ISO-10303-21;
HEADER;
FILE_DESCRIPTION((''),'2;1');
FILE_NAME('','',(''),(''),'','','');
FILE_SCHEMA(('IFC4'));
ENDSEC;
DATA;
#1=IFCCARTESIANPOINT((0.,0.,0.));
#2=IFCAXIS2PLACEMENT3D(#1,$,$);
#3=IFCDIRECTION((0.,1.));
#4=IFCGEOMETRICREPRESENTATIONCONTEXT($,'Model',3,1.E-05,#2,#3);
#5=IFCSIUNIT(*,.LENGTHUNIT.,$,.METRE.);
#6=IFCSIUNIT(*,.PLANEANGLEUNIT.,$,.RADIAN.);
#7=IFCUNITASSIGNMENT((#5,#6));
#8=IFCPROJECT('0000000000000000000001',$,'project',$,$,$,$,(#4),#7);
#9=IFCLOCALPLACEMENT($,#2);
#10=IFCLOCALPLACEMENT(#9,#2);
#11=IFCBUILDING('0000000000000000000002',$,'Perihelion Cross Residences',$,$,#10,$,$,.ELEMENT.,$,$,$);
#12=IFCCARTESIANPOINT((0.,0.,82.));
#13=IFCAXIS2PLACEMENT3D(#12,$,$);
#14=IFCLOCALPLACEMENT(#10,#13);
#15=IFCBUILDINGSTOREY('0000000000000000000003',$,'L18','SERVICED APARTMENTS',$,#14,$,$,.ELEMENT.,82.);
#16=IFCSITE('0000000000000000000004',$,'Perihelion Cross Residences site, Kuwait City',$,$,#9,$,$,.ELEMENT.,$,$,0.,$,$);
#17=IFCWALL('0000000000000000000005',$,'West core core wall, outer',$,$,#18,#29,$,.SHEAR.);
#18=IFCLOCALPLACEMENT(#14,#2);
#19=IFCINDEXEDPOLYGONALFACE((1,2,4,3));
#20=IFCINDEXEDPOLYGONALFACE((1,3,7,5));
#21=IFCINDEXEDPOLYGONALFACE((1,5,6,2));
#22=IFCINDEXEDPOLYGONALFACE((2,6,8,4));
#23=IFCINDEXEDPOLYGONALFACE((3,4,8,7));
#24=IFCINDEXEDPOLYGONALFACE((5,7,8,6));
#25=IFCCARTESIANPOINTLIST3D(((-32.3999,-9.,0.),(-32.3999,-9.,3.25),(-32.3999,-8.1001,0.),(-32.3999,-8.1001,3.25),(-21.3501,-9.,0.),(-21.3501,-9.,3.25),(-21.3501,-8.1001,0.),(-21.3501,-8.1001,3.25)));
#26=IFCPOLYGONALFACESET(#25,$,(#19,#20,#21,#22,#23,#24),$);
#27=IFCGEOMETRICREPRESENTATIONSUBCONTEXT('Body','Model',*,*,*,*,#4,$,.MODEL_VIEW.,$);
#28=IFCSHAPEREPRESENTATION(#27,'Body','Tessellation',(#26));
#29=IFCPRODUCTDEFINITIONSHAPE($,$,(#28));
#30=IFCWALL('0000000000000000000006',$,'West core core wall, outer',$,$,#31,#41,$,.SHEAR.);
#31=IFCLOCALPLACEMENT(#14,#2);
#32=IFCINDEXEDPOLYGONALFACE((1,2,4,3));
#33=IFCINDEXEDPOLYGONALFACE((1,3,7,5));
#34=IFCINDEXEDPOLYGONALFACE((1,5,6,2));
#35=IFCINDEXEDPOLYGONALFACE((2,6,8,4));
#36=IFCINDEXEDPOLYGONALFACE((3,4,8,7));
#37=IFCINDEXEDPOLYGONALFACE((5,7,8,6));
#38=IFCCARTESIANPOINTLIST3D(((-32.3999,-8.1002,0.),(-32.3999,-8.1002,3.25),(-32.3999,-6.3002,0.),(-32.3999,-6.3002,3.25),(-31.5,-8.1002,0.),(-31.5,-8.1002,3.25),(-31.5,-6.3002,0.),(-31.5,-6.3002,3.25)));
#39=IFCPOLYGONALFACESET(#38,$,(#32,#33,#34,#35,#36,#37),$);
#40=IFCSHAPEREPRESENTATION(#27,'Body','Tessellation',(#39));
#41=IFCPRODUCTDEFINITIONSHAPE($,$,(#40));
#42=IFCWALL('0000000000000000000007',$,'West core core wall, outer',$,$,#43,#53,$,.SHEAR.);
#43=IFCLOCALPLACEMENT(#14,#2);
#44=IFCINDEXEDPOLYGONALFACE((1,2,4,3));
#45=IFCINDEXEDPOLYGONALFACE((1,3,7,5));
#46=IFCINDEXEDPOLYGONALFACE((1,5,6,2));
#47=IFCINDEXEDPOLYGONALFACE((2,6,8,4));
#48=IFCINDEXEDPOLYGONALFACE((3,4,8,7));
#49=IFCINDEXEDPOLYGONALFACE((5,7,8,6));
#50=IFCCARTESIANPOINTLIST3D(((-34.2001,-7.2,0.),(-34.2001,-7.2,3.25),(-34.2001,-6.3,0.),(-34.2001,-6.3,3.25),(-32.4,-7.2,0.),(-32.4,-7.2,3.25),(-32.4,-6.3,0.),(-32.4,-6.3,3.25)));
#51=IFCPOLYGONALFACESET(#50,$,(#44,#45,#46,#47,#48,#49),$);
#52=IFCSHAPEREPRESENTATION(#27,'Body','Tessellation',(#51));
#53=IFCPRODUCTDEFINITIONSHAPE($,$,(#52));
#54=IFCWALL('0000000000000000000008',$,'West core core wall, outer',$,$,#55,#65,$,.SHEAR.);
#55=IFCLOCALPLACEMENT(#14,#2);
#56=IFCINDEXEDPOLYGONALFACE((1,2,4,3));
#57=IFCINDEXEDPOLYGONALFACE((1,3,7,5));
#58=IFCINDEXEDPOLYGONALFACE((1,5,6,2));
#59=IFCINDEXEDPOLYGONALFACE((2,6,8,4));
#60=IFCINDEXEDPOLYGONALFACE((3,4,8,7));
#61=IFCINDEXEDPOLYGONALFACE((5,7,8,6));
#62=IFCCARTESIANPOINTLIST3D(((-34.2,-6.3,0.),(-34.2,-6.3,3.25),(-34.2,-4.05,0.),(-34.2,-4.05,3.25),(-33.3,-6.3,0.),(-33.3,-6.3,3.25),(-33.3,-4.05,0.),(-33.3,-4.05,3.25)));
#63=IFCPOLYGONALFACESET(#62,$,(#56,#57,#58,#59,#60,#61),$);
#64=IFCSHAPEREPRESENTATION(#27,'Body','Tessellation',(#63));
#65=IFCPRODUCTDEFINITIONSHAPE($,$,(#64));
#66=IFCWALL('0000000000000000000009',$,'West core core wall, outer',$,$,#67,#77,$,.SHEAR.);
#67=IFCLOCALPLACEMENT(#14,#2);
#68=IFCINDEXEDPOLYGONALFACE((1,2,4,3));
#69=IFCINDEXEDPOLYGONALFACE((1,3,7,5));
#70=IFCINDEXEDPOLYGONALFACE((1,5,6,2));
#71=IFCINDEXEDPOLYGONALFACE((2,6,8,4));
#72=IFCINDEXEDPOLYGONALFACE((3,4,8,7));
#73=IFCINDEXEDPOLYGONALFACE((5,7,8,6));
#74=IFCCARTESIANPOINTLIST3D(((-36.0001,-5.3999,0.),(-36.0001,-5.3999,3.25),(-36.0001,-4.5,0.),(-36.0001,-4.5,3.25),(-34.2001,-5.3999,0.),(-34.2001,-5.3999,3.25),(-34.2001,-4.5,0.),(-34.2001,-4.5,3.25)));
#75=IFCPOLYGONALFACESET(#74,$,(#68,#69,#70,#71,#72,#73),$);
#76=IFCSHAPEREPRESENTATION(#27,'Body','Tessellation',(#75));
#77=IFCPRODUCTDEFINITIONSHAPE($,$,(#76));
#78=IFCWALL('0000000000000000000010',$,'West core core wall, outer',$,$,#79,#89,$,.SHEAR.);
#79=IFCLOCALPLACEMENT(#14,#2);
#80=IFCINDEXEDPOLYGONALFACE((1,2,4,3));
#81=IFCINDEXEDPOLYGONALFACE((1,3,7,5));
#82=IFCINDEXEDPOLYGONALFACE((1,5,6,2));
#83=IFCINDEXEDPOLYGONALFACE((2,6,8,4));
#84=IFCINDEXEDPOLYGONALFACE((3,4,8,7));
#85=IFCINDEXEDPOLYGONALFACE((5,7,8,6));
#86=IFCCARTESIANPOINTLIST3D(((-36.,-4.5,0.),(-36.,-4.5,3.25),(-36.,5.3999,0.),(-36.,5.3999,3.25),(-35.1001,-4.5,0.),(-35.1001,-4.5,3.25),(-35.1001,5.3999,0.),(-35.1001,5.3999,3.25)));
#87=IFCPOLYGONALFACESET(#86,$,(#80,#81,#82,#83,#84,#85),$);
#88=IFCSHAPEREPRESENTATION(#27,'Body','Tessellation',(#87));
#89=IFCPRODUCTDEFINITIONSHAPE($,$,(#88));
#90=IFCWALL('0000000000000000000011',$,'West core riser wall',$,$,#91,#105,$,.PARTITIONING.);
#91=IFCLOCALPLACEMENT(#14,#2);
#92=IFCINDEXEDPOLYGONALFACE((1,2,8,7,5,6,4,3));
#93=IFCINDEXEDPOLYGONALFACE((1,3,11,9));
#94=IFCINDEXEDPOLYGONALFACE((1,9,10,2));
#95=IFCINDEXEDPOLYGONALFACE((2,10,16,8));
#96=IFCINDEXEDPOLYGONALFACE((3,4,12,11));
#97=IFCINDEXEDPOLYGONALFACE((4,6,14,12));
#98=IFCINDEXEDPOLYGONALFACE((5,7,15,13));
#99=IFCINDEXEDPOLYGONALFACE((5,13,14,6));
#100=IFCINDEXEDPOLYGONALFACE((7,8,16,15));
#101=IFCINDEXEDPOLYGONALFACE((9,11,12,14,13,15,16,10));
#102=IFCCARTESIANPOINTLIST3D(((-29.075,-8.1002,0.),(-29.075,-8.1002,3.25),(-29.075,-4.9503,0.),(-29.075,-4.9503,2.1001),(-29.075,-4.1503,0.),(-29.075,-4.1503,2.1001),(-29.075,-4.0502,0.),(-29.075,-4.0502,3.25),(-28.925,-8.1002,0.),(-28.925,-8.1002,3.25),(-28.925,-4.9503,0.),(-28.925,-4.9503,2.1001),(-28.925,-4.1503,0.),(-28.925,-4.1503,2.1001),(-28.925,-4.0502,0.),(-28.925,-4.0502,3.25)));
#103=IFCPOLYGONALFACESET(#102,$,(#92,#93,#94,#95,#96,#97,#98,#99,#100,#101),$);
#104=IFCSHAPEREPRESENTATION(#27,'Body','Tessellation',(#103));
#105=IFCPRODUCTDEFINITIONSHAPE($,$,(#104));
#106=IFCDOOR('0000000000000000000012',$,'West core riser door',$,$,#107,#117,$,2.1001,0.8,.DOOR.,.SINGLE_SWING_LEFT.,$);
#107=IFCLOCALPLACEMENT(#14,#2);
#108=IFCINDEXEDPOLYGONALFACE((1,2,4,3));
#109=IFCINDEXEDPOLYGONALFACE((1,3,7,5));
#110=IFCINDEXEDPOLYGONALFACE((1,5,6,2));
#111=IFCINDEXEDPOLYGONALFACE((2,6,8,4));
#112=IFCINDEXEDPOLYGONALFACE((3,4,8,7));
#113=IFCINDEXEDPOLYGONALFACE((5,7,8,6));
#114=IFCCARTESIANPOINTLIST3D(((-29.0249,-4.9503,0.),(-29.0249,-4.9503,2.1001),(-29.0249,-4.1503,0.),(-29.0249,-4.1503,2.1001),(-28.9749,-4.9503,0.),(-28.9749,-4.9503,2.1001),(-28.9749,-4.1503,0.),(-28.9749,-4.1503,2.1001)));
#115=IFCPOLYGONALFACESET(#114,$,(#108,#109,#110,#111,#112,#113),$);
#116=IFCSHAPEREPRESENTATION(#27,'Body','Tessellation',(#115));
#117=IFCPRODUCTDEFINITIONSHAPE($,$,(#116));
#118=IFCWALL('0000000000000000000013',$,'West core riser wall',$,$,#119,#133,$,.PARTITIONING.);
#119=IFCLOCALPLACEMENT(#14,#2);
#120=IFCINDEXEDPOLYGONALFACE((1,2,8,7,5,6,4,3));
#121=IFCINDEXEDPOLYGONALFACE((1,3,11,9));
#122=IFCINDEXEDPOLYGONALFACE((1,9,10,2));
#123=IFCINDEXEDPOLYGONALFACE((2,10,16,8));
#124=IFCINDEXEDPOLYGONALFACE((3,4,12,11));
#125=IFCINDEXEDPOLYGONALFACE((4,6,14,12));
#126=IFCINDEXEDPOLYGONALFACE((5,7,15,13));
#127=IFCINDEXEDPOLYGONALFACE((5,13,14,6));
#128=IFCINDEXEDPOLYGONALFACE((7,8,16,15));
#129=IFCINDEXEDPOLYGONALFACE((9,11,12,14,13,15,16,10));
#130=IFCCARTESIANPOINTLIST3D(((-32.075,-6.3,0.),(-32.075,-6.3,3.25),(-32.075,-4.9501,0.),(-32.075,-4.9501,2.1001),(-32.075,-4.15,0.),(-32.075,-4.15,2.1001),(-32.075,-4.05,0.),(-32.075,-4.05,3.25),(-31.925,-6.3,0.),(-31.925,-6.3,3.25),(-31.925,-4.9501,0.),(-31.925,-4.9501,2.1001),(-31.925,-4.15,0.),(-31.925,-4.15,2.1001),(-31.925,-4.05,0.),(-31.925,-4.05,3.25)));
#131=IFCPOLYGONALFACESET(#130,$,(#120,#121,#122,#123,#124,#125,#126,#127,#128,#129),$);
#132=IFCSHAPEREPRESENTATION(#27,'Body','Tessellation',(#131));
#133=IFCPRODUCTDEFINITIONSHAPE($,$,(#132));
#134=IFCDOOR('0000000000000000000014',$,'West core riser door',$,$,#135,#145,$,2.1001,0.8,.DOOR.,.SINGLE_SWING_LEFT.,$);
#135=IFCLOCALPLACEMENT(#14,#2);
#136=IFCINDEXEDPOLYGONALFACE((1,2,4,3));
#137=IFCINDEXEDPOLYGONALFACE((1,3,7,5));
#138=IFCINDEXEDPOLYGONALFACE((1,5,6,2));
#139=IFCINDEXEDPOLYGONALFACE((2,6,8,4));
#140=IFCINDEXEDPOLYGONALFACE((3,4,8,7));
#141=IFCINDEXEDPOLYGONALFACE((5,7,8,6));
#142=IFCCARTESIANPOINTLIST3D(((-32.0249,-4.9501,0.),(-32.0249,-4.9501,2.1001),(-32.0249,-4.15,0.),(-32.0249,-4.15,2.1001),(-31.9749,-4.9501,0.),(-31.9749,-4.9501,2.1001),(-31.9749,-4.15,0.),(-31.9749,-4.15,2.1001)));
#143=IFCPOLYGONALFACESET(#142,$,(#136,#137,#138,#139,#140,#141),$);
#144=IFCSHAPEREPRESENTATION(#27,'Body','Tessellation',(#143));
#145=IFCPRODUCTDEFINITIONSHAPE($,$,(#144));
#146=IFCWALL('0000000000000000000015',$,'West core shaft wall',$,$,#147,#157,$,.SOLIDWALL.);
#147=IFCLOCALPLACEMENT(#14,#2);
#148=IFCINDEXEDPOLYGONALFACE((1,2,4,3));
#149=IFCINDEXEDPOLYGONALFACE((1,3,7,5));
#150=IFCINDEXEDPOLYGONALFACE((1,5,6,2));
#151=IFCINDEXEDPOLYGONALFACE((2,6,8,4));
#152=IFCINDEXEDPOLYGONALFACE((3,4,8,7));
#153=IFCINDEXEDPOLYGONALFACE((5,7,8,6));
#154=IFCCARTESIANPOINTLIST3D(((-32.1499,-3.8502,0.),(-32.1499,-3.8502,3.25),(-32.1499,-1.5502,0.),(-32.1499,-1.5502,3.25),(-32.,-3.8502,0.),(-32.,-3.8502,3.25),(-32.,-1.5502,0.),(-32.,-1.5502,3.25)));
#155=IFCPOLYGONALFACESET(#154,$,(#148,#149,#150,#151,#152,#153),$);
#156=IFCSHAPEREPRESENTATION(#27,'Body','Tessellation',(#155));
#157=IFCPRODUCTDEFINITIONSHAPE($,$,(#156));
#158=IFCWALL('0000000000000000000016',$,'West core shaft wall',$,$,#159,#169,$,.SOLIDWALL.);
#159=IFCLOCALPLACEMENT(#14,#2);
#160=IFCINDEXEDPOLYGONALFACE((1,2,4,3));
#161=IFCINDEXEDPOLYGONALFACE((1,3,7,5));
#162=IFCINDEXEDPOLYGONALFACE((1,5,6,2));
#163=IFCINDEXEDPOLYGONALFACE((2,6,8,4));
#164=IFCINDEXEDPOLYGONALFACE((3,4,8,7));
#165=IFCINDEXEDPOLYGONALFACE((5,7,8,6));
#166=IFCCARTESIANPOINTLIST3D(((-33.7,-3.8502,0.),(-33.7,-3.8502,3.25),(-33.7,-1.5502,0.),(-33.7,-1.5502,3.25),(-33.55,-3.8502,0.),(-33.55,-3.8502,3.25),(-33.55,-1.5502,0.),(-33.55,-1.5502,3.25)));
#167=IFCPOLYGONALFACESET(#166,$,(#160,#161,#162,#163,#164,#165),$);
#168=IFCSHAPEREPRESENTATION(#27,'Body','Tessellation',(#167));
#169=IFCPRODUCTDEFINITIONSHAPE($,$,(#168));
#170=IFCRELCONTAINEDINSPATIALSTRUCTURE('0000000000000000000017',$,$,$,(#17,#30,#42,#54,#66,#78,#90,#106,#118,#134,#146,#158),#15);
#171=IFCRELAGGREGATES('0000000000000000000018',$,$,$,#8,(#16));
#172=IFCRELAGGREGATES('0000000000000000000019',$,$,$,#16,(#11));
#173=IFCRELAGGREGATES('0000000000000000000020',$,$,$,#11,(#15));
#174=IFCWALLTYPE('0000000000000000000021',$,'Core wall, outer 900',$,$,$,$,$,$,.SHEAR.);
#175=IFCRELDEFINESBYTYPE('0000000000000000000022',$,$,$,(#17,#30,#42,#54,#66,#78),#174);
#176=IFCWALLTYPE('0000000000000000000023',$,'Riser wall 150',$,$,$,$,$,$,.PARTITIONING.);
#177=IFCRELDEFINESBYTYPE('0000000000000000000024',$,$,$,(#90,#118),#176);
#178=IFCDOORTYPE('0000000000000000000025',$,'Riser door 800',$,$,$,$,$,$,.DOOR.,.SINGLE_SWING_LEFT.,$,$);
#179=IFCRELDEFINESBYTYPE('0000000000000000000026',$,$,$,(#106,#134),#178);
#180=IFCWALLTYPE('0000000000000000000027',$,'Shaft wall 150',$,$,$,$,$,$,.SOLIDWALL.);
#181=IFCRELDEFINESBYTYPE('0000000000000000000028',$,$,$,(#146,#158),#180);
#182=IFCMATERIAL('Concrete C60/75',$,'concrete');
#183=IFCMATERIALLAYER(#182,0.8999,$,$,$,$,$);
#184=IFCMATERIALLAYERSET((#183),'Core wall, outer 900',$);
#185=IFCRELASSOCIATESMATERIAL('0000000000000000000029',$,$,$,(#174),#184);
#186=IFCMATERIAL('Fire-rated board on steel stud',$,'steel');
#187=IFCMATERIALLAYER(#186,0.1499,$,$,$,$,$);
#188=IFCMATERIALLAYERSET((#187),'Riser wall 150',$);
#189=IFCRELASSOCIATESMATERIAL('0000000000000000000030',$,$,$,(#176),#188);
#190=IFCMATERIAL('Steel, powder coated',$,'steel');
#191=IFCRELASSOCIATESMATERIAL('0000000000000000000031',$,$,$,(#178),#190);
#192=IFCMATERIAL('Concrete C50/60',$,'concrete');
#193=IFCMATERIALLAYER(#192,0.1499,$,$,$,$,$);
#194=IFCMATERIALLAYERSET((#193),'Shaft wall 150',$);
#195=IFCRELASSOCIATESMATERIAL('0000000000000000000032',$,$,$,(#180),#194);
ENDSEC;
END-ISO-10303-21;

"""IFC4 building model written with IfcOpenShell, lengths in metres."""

from ifc_helpers import new_model, si_unit, direction, frame, frame_2d, origin, place, context, subcontext, project, spatial, rectangle, extrude, material, layer, layer_set, type_object, element, fill, save


model = new_model("IFC4")

# Units and contexts
model_context = context("Model", 3, precision=1e-05, world=origin(), true_north=direction((0.0, 1.0)))
body_context = subcontext(model_context, "Body", "Model", "MODEL_VIEW")
ifc_project = project(units=[si_unit("LENGTHUNIT", "METRE"), si_unit("PLANEANGLEUNIT", "RADIAN")], contexts=[model_context])

# Site, building, storey
site_placement = place(None, origin())
site = spatial("IfcSite", under=ifc_project, at=site_placement, Name="Perihelion Cross Residences site, Kuwait City", CompositionType="ELEMENT", RefElevation=0.0)
building_placement = place(site_placement, origin())
building = spatial("IfcBuilding", under=site, at=building_placement, Name="Perihelion Cross Residences", CompositionType="ELEMENT")
storey_placement = place(building_placement, frame((0.0, 0.0, 82.0)))
storey = spatial("IfcBuildingStorey", under=building, at=storey_placement, Name="L18", Description="SERVICED APARTMENTS", CompositionType="ELEMENT", Elevation=82.0)

# Walls
ifc_material_1 = material(Name="Concrete C60/75", Category="concrete")
ifc_layer_1 = layer(ifc_material_1, 0.8999)
ifc_layer_set_1 = layer_set([ifc_layer_1], Name="Core wall, outer 900")
wall_type_1 = type_object("IfcWallType", Name="Core wall, outer 900", PredefinedType="SHEAR", material=ifc_layer_set_1)
wall_1_placement = place(storey_placement, frame((-32.3999, -8.55, 0.0), z_axis=(0.0, 0.0, 1.0), x_axis=(1.0, 0.0, 0.0)))
element("IfcWall", 1, at=wall_1_placement, inside=storey, type_object=wall_type_1, Name="West core core wall, outer", PredefinedType="SHEAR", context=body_context, shape_type="SweptSolid", body=[
    extrude(rectangle(XDim=11.0498, YDim=0.8999, at=frame_2d((5.5249, 0.0))), origin(), (0.0, 0.0, 1.0), 3.25),
])
for number, where, z_axis, x_axis, name in (
    (2, (-31.95, -8.1001, 0.0), (0.0, 0.0, 1.0), (0.0, 1.0, 0.0), "West core core wall, outer"),
    (3, (-34.2, -6.75, 0.0), (0.0, 0.0, 1.0), (1.0, 0.0, 0.0), "West core core wall, outer"),
):
    element("IfcWall", number, at=place(storey_placement, frame(where, z_axis=z_axis, x_axis=x_axis)), inside=storey, type_object=wall_type_1, Name=name, PredefinedType="SHEAR", context=body_context, shape_type="SweptSolid", body=[
        extrude(rectangle(XDim=1.8, YDim=0.8999, at=frame_2d((0.8999, 0.0))), origin(), (0.0, 0.0, 1.0), 3.25),
    ])
wall_2_placement = place(storey_placement, frame((-33.75, -6.3, 0.0), z_axis=(0.0, 0.0, 1.0), x_axis=(0.0, 1.0, 0.0)))
element("IfcWall", 4, at=wall_2_placement, inside=storey, type_object=wall_type_1, Name="West core core wall, outer", PredefinedType="SHEAR", context=body_context, shape_type="SweptSolid", body=[
    extrude(rectangle(XDim=2.25, YDim=0.8999, at=frame_2d((1.125, 0.0))), origin(), (0.0, 0.0, 1.0), 3.25),
])
wall_3_placement = place(storey_placement, frame((-36.0, -4.95, 0.0), z_axis=(0.0, 0.0, 1.0), x_axis=(1.0, 0.0, 0.0)))
element("IfcWall", 5, at=wall_3_placement, inside=storey, type_object=wall_type_1, Name="West core core wall, outer", PredefinedType="SHEAR", context=body_context, shape_type="SweptSolid", body=[
    extrude(rectangle(XDim=1.8, YDim=0.8999, at=frame_2d((0.8999, 0.0))), origin(), (0.0, 0.0, 1.0), 3.25),
])
wall_4_placement = place(storey_placement, frame((-35.55, -4.5, 0.0), z_axis=(0.0, 0.0, 1.0), x_axis=(0.0, 1.0, 0.0)))
element("IfcWall", 6, at=wall_4_placement, inside=storey, type_object=wall_type_1, Name="West core core wall, outer", PredefinedType="SHEAR", context=body_context, shape_type="SweptSolid", body=[
    extrude(rectangle(XDim=9.8999, YDim=0.8999, at=frame_2d((4.95, 0.0))), origin(), (0.0, 0.0, 1.0), 3.25),
])

# Walls, openings, doors
ifc_material_2 = material(Name="Fire-rated board on steel stud", Category="steel")
ifc_layer_2 = layer(ifc_material_2, 0.1499)
ifc_layer_set_2 = layer_set([ifc_layer_2], Name="Riser wall 150")
wall_type_2 = type_object("IfcWallType", Name="Riser wall 150", PredefinedType="PARTITIONING", material=ifc_layer_set_2)
wall_5_placement = place(storey_placement, frame((-29.0, -8.1001, 0.0), z_axis=(0.0, 0.0, 1.0), x_axis=(0.0, 1.0, 0.0)))
wall_5 = element("IfcWall", 7, at=wall_5_placement, inside=storey, type_object=wall_type_2, Name="West core riser wall", PredefinedType="PARTITIONING", context=body_context, shape_type="SweptSolid", body=[
    extrude(rectangle(XDim=4.05, YDim=0.1499, at=frame_2d((2.0249, 0.0))), origin(), (0.0, 0.0, 1.0), 3.25),
])
opening_1_placement = place(wall_5_placement, frame((3.1499, 0.0, 0.0)))
opening_1 = element("IfcOpeningElement", 8, at=opening_1_placement, cuts=wall_5, PredefinedType="OPENING", context=body_context, shape_type="SweptSolid", body=[
    extrude(rectangle(XDim=0.8, YDim=2.1001, at=frame_2d((0.3999, 1.05))), frame((0.0, 0.085, 0.0), z_axis=(0.0, -1.0, 0.0), x_axis=(1.0, 0.0, 0.0)), (0.0, 0.0, 1.0), 0.1699),
])
ifc_material_3 = material(Name="Steel, powder coated", Category="steel")
door_type_1 = type_object("IfcDoorType", Name="Riser door 800", OperationType="SINGLE_SWING_LEFT", PredefinedType="DOOR", material=ifc_material_3)
door_1_placement = place(opening_1_placement, origin())
door_1 = element("IfcDoor", 9, at=door_1_placement, inside=storey, type_object=door_type_1, Name="West core riser door", OperationType="SINGLE_SWING_LEFT", OverallHeight=2.1001, OverallWidth=0.8, PredefinedType="DOOR", context=body_context, shape_type="SweptSolid", body=[
    extrude(rectangle(XDim=0.8, YDim=2.1001, at=frame_2d((0.3999, 1.05))), frame((0.0, 0.0249, 0.0), z_axis=(0.0, -1.0, 0.0), x_axis=(1.0, 0.0, 0.0)), (0.0, 0.0, 1.0), 0.05),
])
fill(opening_1, door_1)
wall_6_placement = place(storey_placement, frame((-32.0, -6.3, 0.0), z_axis=(0.0, 0.0, 1.0), x_axis=(0.0, 1.0, 0.0)))
wall_6 = element("IfcWall", 10, at=wall_6_placement, inside=storey, type_object=wall_type_2, Name="West core riser wall", PredefinedType="PARTITIONING", context=body_context, shape_type="SweptSolid", body=[
    extrude(rectangle(XDim=2.25, YDim=0.1499, at=frame_2d((1.125, 0.0))), origin(), (0.0, 0.0, 1.0), 3.25),
])
opening_2_placement = place(wall_6_placement, frame((1.3501, 0.0, 0.0)))
opening_2 = element("IfcOpeningElement", 11, at=opening_2_placement, cuts=wall_6, PredefinedType="OPENING", context=body_context, shape_type="SweptSolid", body=[
    extrude(rectangle(XDim=0.8, YDim=2.1001, at=frame_2d((0.3999, 1.05))), frame((0.0, 0.085, 0.0), z_axis=(0.0, -1.0, 0.0), x_axis=(1.0, 0.0, 0.0)), (0.0, 0.0, 1.0), 0.1699),
])
door_2_placement = place(opening_2_placement, origin())
door_2 = element("IfcDoor", 12, at=door_2_placement, inside=storey, type_object=door_type_1, Name="West core riser door", OperationType="SINGLE_SWING_LEFT", OverallHeight=2.1001, OverallWidth=0.8, PredefinedType="DOOR", context=body_context, shape_type="SweptSolid", body=[
    extrude(rectangle(XDim=0.8, YDim=2.1001, at=frame_2d((0.3999, 1.05))), frame((0.0, 0.0249, 0.0), z_axis=(0.0, -1.0, 0.0), x_axis=(1.0, 0.0, 0.0)), (0.0, 0.0, 1.0), 0.05),
])
fill(opening_2, door_2)

# Walls
ifc_material_4 = material(Name="Concrete C50/60", Category="concrete")
ifc_layer_3 = layer(ifc_material_4, 0.1499)
ifc_layer_set_3 = layer_set([ifc_layer_3], Name="Shaft wall 150")
wall_type_3 = type_object("IfcWallType", Name="Shaft wall 150", PredefinedType="SOLIDWALL", material=ifc_layer_set_3)
for number, where, z_axis, x_axis, name in (
    (13, (-32.075, -3.8501, 0.0), (0.0, 0.0, 1.0), (0.0, 1.0, 0.0), "West core shaft wall"),
    (14, (-33.625, -3.8501, 0.0), (0.0, 0.0, 1.0), (0.0, 1.0, 0.0), "West core shaft wall"),
):
    element("IfcWall", number, at=place(storey_placement, frame(where, z_axis=z_axis, x_axis=x_axis)), inside=storey, type_object=wall_type_3, Name=name, PredefinedType="SOLIDWALL", context=body_context, shape_type="SweptSolid", body=[
        extrude(rectangle(XDim=2.3, YDim=0.1499, at=frame_2d((1.1499, 0.0))), origin(), (0.0, 0.0, 1.0), 3.25),
    ])

save(model, "model.ifc")
